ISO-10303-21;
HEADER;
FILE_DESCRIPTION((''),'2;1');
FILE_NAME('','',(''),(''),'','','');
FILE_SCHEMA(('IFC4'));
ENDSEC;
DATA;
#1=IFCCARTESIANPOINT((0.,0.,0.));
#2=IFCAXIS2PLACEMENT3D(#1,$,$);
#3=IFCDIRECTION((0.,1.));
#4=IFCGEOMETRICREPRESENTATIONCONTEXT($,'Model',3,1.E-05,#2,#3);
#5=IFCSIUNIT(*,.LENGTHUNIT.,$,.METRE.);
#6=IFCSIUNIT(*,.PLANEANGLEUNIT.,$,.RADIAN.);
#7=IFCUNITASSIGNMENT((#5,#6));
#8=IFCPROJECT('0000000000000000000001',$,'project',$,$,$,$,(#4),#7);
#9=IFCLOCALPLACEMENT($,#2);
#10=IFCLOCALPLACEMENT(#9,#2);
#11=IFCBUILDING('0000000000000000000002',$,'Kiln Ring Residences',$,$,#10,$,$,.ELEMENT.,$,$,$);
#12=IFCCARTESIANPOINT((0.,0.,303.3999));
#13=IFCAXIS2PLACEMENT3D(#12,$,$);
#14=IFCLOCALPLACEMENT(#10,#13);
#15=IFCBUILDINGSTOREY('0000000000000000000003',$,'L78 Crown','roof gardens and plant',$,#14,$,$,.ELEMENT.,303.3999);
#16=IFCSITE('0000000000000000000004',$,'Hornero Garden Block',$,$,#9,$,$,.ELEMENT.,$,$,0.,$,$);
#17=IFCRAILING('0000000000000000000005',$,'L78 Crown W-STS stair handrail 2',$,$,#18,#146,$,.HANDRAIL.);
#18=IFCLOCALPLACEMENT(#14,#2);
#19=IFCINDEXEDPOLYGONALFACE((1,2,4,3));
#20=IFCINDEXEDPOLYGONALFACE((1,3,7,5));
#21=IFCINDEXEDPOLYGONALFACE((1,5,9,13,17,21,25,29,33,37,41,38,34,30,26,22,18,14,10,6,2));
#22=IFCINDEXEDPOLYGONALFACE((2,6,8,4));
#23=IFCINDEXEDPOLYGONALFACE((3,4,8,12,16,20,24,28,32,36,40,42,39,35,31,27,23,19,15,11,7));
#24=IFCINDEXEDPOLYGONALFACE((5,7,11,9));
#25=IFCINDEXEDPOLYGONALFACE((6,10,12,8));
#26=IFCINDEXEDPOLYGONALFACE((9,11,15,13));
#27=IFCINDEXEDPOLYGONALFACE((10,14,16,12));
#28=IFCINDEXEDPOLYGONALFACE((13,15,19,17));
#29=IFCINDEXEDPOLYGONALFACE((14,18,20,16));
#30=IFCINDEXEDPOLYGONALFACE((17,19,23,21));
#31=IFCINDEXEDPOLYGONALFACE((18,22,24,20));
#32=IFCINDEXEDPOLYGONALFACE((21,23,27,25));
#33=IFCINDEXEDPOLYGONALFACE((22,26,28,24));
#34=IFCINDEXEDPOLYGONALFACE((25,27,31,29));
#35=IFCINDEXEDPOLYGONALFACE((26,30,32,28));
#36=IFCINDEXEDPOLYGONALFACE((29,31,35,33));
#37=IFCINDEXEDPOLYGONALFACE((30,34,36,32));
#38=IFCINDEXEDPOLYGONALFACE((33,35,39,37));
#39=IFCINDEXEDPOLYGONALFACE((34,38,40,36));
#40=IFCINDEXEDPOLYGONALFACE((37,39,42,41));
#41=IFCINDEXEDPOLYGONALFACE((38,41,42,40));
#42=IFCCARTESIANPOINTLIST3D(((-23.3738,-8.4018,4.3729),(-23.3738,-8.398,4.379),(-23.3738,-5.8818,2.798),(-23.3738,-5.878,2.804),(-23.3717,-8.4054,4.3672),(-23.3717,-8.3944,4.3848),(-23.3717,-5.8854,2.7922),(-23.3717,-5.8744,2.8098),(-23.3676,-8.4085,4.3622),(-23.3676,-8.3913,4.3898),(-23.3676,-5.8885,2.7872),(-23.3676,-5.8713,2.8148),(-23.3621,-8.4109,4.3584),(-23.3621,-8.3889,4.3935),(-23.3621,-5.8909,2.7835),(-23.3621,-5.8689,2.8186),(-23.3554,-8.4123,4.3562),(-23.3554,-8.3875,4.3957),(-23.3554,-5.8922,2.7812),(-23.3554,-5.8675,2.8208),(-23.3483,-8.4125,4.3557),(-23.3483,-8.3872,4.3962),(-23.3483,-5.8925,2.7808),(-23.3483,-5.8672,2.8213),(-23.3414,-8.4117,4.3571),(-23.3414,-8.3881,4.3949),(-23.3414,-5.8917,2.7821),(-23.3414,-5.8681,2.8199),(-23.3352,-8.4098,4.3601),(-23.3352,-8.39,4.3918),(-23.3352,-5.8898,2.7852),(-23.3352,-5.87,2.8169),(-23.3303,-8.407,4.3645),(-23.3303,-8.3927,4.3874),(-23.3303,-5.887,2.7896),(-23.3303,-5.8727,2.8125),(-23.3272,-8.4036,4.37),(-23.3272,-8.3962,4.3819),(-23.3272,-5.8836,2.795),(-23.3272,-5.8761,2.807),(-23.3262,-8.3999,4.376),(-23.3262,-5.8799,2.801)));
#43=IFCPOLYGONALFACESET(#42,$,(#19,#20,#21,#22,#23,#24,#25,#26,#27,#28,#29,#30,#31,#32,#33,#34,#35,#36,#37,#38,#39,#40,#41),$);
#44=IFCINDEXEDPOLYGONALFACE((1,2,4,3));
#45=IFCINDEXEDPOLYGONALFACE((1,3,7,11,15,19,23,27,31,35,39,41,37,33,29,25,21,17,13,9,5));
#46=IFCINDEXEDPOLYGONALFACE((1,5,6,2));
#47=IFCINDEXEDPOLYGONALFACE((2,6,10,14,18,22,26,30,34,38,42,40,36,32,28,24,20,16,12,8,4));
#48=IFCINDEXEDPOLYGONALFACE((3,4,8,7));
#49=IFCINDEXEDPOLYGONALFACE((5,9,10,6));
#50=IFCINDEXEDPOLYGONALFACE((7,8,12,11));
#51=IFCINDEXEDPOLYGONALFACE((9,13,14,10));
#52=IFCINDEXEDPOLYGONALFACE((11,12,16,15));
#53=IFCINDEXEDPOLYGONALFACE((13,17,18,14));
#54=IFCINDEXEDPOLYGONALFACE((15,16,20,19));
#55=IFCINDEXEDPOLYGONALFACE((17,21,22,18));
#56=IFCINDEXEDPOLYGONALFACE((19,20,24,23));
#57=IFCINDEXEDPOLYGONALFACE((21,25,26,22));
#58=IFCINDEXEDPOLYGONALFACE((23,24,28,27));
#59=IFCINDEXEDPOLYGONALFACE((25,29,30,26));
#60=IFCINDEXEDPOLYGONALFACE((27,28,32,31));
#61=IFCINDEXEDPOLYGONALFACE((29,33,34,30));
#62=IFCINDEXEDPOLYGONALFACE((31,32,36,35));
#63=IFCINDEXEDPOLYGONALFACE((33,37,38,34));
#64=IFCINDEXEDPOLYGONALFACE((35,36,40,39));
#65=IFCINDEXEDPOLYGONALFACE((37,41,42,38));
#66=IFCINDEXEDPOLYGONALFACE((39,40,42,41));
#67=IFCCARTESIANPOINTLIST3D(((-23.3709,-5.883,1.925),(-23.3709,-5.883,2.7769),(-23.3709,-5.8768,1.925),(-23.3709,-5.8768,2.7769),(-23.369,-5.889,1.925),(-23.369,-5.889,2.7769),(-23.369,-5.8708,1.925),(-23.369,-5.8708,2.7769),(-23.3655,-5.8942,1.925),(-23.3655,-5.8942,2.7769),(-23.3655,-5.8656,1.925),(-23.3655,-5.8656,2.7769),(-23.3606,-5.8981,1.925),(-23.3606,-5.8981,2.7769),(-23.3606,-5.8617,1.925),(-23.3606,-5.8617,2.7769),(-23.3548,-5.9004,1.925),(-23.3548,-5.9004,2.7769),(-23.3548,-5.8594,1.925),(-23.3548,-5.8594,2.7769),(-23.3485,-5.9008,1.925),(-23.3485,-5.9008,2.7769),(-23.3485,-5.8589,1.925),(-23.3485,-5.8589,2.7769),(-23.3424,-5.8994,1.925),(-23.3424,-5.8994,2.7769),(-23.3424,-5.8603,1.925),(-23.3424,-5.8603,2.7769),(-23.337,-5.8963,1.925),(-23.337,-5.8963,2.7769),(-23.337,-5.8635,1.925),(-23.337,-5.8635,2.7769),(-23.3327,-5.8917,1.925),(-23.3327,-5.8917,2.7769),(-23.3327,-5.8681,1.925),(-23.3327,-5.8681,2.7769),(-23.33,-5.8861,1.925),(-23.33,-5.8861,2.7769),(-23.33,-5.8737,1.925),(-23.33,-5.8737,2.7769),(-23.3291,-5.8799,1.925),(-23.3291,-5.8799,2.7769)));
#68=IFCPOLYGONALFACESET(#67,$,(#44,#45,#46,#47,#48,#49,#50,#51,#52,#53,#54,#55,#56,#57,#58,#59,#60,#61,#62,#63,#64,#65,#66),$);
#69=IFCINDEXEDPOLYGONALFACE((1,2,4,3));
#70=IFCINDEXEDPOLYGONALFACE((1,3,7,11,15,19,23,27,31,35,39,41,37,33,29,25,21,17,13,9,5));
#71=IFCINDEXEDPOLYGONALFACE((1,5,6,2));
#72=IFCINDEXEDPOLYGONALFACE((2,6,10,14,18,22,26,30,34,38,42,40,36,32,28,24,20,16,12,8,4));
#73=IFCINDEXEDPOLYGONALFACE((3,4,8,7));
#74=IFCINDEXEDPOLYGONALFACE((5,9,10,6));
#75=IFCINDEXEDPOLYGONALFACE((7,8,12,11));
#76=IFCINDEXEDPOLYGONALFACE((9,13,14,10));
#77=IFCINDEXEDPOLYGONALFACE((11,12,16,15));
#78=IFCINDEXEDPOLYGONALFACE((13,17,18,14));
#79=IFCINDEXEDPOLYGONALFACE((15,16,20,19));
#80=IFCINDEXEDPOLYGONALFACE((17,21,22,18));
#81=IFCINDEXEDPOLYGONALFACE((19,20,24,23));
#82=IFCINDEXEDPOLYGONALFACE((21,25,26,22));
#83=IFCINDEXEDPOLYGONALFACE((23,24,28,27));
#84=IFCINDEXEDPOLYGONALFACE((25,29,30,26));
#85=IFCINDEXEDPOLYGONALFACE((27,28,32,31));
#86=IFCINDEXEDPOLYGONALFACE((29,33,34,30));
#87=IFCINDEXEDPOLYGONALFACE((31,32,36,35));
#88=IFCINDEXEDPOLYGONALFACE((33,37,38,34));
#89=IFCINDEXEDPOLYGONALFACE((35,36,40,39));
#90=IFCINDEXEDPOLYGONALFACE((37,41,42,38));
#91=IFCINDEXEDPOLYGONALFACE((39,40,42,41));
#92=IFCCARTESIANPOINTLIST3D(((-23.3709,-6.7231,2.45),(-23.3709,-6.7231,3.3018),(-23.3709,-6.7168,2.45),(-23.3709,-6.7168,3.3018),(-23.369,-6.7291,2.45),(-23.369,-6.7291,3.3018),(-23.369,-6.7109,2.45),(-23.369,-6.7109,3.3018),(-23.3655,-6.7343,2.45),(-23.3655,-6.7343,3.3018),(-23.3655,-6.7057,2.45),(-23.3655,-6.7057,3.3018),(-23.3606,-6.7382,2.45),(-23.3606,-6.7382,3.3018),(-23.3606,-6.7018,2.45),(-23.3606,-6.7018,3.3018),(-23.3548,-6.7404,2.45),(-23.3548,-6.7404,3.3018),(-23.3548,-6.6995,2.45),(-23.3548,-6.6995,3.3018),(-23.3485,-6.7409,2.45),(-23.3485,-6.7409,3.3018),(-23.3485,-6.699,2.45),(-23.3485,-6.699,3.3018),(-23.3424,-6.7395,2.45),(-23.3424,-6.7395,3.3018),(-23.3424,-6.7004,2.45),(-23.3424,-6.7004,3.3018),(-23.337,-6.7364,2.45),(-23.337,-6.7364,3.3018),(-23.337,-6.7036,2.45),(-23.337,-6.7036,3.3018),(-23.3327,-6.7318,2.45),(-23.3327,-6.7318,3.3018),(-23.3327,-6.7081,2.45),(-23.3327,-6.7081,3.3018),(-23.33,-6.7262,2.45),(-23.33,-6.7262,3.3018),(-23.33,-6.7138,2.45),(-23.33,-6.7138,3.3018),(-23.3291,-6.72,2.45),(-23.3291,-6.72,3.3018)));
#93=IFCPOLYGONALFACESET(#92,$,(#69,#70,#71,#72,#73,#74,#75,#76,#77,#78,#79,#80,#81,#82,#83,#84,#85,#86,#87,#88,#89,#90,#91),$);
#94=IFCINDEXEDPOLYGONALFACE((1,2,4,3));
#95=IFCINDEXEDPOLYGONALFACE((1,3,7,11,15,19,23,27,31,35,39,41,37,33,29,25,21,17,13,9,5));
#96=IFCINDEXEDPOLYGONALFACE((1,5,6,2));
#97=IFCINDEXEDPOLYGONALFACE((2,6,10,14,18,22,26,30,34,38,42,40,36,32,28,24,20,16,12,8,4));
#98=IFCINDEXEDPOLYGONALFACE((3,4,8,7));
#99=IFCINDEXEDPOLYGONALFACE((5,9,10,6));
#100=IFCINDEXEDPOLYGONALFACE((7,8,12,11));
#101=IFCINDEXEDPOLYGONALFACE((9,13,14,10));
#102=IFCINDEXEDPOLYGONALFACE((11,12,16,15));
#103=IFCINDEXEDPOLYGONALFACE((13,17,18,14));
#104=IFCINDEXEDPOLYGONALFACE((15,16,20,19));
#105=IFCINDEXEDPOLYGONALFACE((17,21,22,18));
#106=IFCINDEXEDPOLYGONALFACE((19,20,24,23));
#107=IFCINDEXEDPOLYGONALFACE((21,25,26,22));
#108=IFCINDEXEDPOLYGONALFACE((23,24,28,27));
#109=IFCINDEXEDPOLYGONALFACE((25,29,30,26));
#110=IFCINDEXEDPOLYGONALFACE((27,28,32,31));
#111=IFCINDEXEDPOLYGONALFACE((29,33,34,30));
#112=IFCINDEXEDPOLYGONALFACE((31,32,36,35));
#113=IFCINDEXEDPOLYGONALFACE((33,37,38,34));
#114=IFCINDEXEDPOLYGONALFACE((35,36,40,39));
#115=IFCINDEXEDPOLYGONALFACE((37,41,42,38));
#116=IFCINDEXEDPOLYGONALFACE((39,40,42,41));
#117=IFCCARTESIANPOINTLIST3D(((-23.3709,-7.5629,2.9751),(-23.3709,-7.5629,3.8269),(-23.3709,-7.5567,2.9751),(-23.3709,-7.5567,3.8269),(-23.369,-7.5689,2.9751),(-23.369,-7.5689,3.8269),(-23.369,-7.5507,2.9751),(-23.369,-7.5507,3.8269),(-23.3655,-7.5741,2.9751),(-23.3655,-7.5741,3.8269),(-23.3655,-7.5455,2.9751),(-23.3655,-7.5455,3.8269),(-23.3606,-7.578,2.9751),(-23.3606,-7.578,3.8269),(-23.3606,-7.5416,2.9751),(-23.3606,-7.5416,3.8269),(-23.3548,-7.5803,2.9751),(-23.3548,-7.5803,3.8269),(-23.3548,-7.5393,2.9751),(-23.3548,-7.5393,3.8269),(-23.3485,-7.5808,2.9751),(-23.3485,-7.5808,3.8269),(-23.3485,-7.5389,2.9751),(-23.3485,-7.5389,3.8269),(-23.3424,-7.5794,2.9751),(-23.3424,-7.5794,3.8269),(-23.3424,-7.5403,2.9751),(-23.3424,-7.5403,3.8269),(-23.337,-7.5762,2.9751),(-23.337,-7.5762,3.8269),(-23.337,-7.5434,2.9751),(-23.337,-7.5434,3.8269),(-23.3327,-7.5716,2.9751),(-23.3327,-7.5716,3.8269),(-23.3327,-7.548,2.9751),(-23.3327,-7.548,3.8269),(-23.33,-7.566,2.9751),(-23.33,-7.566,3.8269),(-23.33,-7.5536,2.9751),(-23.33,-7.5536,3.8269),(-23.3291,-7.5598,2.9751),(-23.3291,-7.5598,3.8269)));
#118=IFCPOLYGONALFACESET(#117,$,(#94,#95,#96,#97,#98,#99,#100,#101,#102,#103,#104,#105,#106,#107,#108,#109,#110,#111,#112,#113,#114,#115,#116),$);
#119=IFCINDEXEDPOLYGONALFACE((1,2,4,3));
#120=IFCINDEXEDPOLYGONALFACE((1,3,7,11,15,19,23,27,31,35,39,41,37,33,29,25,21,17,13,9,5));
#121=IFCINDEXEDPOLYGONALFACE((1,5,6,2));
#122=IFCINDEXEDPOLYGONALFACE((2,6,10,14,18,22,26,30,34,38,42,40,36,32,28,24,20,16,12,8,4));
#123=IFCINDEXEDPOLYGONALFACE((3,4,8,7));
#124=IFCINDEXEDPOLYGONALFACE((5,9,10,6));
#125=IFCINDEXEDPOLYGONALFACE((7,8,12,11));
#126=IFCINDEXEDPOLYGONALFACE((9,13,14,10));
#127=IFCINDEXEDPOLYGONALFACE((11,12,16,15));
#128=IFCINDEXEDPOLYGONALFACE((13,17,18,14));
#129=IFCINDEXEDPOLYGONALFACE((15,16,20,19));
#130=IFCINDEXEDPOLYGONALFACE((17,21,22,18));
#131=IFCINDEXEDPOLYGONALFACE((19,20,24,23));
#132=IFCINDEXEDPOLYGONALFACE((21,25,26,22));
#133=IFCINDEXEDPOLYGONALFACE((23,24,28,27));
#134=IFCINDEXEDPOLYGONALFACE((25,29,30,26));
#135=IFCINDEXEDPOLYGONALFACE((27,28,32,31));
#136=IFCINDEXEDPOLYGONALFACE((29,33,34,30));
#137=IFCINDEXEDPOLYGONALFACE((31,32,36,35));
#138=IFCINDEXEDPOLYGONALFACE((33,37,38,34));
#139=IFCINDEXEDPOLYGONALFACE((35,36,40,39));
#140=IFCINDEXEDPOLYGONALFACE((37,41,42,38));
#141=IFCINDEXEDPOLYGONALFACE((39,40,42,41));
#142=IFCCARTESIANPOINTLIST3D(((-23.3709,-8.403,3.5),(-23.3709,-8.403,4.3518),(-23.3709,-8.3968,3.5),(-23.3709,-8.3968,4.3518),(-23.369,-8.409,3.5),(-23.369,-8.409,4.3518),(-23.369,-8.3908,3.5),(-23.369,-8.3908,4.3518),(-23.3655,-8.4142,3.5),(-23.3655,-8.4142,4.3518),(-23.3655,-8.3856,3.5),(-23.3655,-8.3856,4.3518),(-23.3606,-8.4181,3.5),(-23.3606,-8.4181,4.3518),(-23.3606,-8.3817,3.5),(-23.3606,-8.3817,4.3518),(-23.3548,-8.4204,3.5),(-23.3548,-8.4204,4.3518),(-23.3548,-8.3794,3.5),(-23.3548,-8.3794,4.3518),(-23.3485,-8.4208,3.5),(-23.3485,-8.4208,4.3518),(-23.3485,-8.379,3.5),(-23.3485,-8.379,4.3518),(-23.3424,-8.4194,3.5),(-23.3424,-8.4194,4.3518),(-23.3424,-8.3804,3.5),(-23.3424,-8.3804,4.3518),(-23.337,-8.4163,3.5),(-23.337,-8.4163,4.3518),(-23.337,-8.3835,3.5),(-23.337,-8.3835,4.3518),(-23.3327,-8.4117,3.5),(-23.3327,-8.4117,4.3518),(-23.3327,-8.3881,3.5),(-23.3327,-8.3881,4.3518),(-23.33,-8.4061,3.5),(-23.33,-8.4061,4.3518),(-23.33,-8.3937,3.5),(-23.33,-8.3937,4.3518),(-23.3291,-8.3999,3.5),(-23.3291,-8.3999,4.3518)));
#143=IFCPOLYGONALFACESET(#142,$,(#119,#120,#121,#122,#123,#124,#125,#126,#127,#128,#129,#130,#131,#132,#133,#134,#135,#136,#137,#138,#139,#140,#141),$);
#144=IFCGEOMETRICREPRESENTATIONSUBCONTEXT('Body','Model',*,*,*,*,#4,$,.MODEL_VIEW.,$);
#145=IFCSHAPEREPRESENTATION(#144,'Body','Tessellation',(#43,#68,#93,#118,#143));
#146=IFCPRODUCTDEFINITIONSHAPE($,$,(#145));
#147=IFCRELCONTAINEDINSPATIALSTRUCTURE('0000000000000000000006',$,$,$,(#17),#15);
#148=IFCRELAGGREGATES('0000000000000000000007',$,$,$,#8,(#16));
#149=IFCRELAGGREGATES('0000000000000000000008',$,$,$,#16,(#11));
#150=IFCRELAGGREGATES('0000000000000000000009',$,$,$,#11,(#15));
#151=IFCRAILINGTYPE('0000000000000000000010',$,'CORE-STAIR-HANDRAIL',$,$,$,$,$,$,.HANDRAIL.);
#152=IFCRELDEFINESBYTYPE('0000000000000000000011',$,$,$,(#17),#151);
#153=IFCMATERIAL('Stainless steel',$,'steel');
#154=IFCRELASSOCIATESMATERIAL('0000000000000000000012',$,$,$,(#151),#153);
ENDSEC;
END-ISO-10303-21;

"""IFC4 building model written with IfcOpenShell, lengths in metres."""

from ifc_helpers import new_model, si_unit, direction, frame, origin, origin_2d, place, context, subcontext, project, spatial, circle, extrude, material, type_object, element, save


model = new_model("IFC4")

# Units and contexts
model_context = context("Model", 3, precision=1e-05, world=origin(), true_north=direction((0.0, 1.0)))
body_context = subcontext(model_context, "Body", "Model", "MODEL_VIEW")
ifc_project = project(units=[si_unit("LENGTHUNIT", "METRE"), si_unit("PLANEANGLEUNIT", "RADIAN")], contexts=[model_context])

# Site, building, storey
site_placement = place(None, origin())
site = spatial("IfcSite", under=ifc_project, at=site_placement, Name="Hornero Garden Block", CompositionType="ELEMENT", RefElevation=0.0)
building_placement = place(site_placement, origin())
building = spatial("IfcBuilding", under=site, at=building_placement, Name="Kiln Ring Residences", CompositionType="ELEMENT")
storey_placement = place(building_placement, frame((0.0, 0.0, 303.3999)))
storey = spatial("IfcBuildingStorey", under=building, at=storey_placement, Name="L78 Crown", Description="roof gardens and plant", CompositionType="ELEMENT", Elevation=303.3999)

# Railing
ifc_material_1 = material(Name="Stainless steel", Category="steel")
railing_type_1 = type_object("IfcRailingType", Name="CORE-STAIR-HANDRAIL", PredefinedType="HANDRAIL", material=ifc_material_1)
railing_1_placement = place(storey_placement, frame((-23.3501, -5.8799, 1.925)))
element("IfcRailing", 1, at=railing_1_placement, inside=storey, type_object=railing_type_1, Name="L78 Crown W-STS stair handrail 2", PredefinedType="HANDRAIL", context=body_context, shape_type="SweptSolid", body=[
    extrude(circle(Radius=0.0239, at=origin_2d()), frame((0.0, 0.0, 0.876), z_axis=(0.0, -0.848008, 0.529984), x_axis=(1.0, 0.0, 0.0)), (0.0, 0.0, 1.0), 2.9717),
    extrude(circle(Radius=0.021, at=origin_2d()), origin(), (0.0, 0.0, 1.0), 0.8518),
    extrude(circle(Radius=0.021, at=origin_2d()), frame((0.0, -0.8401, 0.5249)), (0.0, 0.0, 1.0), 0.8518),
    extrude(circle(Radius=0.021, at=origin_2d()), frame((0.0, -1.6799, 1.05)), (0.0, 0.0, 1.0), 0.8518),
    extrude(circle(Radius=0.021, at=origin_2d()), frame((0.0, -2.52, 1.575)), (0.0, 0.0, 1.0), 0.8518),
])

save(model, "model.ifc")
